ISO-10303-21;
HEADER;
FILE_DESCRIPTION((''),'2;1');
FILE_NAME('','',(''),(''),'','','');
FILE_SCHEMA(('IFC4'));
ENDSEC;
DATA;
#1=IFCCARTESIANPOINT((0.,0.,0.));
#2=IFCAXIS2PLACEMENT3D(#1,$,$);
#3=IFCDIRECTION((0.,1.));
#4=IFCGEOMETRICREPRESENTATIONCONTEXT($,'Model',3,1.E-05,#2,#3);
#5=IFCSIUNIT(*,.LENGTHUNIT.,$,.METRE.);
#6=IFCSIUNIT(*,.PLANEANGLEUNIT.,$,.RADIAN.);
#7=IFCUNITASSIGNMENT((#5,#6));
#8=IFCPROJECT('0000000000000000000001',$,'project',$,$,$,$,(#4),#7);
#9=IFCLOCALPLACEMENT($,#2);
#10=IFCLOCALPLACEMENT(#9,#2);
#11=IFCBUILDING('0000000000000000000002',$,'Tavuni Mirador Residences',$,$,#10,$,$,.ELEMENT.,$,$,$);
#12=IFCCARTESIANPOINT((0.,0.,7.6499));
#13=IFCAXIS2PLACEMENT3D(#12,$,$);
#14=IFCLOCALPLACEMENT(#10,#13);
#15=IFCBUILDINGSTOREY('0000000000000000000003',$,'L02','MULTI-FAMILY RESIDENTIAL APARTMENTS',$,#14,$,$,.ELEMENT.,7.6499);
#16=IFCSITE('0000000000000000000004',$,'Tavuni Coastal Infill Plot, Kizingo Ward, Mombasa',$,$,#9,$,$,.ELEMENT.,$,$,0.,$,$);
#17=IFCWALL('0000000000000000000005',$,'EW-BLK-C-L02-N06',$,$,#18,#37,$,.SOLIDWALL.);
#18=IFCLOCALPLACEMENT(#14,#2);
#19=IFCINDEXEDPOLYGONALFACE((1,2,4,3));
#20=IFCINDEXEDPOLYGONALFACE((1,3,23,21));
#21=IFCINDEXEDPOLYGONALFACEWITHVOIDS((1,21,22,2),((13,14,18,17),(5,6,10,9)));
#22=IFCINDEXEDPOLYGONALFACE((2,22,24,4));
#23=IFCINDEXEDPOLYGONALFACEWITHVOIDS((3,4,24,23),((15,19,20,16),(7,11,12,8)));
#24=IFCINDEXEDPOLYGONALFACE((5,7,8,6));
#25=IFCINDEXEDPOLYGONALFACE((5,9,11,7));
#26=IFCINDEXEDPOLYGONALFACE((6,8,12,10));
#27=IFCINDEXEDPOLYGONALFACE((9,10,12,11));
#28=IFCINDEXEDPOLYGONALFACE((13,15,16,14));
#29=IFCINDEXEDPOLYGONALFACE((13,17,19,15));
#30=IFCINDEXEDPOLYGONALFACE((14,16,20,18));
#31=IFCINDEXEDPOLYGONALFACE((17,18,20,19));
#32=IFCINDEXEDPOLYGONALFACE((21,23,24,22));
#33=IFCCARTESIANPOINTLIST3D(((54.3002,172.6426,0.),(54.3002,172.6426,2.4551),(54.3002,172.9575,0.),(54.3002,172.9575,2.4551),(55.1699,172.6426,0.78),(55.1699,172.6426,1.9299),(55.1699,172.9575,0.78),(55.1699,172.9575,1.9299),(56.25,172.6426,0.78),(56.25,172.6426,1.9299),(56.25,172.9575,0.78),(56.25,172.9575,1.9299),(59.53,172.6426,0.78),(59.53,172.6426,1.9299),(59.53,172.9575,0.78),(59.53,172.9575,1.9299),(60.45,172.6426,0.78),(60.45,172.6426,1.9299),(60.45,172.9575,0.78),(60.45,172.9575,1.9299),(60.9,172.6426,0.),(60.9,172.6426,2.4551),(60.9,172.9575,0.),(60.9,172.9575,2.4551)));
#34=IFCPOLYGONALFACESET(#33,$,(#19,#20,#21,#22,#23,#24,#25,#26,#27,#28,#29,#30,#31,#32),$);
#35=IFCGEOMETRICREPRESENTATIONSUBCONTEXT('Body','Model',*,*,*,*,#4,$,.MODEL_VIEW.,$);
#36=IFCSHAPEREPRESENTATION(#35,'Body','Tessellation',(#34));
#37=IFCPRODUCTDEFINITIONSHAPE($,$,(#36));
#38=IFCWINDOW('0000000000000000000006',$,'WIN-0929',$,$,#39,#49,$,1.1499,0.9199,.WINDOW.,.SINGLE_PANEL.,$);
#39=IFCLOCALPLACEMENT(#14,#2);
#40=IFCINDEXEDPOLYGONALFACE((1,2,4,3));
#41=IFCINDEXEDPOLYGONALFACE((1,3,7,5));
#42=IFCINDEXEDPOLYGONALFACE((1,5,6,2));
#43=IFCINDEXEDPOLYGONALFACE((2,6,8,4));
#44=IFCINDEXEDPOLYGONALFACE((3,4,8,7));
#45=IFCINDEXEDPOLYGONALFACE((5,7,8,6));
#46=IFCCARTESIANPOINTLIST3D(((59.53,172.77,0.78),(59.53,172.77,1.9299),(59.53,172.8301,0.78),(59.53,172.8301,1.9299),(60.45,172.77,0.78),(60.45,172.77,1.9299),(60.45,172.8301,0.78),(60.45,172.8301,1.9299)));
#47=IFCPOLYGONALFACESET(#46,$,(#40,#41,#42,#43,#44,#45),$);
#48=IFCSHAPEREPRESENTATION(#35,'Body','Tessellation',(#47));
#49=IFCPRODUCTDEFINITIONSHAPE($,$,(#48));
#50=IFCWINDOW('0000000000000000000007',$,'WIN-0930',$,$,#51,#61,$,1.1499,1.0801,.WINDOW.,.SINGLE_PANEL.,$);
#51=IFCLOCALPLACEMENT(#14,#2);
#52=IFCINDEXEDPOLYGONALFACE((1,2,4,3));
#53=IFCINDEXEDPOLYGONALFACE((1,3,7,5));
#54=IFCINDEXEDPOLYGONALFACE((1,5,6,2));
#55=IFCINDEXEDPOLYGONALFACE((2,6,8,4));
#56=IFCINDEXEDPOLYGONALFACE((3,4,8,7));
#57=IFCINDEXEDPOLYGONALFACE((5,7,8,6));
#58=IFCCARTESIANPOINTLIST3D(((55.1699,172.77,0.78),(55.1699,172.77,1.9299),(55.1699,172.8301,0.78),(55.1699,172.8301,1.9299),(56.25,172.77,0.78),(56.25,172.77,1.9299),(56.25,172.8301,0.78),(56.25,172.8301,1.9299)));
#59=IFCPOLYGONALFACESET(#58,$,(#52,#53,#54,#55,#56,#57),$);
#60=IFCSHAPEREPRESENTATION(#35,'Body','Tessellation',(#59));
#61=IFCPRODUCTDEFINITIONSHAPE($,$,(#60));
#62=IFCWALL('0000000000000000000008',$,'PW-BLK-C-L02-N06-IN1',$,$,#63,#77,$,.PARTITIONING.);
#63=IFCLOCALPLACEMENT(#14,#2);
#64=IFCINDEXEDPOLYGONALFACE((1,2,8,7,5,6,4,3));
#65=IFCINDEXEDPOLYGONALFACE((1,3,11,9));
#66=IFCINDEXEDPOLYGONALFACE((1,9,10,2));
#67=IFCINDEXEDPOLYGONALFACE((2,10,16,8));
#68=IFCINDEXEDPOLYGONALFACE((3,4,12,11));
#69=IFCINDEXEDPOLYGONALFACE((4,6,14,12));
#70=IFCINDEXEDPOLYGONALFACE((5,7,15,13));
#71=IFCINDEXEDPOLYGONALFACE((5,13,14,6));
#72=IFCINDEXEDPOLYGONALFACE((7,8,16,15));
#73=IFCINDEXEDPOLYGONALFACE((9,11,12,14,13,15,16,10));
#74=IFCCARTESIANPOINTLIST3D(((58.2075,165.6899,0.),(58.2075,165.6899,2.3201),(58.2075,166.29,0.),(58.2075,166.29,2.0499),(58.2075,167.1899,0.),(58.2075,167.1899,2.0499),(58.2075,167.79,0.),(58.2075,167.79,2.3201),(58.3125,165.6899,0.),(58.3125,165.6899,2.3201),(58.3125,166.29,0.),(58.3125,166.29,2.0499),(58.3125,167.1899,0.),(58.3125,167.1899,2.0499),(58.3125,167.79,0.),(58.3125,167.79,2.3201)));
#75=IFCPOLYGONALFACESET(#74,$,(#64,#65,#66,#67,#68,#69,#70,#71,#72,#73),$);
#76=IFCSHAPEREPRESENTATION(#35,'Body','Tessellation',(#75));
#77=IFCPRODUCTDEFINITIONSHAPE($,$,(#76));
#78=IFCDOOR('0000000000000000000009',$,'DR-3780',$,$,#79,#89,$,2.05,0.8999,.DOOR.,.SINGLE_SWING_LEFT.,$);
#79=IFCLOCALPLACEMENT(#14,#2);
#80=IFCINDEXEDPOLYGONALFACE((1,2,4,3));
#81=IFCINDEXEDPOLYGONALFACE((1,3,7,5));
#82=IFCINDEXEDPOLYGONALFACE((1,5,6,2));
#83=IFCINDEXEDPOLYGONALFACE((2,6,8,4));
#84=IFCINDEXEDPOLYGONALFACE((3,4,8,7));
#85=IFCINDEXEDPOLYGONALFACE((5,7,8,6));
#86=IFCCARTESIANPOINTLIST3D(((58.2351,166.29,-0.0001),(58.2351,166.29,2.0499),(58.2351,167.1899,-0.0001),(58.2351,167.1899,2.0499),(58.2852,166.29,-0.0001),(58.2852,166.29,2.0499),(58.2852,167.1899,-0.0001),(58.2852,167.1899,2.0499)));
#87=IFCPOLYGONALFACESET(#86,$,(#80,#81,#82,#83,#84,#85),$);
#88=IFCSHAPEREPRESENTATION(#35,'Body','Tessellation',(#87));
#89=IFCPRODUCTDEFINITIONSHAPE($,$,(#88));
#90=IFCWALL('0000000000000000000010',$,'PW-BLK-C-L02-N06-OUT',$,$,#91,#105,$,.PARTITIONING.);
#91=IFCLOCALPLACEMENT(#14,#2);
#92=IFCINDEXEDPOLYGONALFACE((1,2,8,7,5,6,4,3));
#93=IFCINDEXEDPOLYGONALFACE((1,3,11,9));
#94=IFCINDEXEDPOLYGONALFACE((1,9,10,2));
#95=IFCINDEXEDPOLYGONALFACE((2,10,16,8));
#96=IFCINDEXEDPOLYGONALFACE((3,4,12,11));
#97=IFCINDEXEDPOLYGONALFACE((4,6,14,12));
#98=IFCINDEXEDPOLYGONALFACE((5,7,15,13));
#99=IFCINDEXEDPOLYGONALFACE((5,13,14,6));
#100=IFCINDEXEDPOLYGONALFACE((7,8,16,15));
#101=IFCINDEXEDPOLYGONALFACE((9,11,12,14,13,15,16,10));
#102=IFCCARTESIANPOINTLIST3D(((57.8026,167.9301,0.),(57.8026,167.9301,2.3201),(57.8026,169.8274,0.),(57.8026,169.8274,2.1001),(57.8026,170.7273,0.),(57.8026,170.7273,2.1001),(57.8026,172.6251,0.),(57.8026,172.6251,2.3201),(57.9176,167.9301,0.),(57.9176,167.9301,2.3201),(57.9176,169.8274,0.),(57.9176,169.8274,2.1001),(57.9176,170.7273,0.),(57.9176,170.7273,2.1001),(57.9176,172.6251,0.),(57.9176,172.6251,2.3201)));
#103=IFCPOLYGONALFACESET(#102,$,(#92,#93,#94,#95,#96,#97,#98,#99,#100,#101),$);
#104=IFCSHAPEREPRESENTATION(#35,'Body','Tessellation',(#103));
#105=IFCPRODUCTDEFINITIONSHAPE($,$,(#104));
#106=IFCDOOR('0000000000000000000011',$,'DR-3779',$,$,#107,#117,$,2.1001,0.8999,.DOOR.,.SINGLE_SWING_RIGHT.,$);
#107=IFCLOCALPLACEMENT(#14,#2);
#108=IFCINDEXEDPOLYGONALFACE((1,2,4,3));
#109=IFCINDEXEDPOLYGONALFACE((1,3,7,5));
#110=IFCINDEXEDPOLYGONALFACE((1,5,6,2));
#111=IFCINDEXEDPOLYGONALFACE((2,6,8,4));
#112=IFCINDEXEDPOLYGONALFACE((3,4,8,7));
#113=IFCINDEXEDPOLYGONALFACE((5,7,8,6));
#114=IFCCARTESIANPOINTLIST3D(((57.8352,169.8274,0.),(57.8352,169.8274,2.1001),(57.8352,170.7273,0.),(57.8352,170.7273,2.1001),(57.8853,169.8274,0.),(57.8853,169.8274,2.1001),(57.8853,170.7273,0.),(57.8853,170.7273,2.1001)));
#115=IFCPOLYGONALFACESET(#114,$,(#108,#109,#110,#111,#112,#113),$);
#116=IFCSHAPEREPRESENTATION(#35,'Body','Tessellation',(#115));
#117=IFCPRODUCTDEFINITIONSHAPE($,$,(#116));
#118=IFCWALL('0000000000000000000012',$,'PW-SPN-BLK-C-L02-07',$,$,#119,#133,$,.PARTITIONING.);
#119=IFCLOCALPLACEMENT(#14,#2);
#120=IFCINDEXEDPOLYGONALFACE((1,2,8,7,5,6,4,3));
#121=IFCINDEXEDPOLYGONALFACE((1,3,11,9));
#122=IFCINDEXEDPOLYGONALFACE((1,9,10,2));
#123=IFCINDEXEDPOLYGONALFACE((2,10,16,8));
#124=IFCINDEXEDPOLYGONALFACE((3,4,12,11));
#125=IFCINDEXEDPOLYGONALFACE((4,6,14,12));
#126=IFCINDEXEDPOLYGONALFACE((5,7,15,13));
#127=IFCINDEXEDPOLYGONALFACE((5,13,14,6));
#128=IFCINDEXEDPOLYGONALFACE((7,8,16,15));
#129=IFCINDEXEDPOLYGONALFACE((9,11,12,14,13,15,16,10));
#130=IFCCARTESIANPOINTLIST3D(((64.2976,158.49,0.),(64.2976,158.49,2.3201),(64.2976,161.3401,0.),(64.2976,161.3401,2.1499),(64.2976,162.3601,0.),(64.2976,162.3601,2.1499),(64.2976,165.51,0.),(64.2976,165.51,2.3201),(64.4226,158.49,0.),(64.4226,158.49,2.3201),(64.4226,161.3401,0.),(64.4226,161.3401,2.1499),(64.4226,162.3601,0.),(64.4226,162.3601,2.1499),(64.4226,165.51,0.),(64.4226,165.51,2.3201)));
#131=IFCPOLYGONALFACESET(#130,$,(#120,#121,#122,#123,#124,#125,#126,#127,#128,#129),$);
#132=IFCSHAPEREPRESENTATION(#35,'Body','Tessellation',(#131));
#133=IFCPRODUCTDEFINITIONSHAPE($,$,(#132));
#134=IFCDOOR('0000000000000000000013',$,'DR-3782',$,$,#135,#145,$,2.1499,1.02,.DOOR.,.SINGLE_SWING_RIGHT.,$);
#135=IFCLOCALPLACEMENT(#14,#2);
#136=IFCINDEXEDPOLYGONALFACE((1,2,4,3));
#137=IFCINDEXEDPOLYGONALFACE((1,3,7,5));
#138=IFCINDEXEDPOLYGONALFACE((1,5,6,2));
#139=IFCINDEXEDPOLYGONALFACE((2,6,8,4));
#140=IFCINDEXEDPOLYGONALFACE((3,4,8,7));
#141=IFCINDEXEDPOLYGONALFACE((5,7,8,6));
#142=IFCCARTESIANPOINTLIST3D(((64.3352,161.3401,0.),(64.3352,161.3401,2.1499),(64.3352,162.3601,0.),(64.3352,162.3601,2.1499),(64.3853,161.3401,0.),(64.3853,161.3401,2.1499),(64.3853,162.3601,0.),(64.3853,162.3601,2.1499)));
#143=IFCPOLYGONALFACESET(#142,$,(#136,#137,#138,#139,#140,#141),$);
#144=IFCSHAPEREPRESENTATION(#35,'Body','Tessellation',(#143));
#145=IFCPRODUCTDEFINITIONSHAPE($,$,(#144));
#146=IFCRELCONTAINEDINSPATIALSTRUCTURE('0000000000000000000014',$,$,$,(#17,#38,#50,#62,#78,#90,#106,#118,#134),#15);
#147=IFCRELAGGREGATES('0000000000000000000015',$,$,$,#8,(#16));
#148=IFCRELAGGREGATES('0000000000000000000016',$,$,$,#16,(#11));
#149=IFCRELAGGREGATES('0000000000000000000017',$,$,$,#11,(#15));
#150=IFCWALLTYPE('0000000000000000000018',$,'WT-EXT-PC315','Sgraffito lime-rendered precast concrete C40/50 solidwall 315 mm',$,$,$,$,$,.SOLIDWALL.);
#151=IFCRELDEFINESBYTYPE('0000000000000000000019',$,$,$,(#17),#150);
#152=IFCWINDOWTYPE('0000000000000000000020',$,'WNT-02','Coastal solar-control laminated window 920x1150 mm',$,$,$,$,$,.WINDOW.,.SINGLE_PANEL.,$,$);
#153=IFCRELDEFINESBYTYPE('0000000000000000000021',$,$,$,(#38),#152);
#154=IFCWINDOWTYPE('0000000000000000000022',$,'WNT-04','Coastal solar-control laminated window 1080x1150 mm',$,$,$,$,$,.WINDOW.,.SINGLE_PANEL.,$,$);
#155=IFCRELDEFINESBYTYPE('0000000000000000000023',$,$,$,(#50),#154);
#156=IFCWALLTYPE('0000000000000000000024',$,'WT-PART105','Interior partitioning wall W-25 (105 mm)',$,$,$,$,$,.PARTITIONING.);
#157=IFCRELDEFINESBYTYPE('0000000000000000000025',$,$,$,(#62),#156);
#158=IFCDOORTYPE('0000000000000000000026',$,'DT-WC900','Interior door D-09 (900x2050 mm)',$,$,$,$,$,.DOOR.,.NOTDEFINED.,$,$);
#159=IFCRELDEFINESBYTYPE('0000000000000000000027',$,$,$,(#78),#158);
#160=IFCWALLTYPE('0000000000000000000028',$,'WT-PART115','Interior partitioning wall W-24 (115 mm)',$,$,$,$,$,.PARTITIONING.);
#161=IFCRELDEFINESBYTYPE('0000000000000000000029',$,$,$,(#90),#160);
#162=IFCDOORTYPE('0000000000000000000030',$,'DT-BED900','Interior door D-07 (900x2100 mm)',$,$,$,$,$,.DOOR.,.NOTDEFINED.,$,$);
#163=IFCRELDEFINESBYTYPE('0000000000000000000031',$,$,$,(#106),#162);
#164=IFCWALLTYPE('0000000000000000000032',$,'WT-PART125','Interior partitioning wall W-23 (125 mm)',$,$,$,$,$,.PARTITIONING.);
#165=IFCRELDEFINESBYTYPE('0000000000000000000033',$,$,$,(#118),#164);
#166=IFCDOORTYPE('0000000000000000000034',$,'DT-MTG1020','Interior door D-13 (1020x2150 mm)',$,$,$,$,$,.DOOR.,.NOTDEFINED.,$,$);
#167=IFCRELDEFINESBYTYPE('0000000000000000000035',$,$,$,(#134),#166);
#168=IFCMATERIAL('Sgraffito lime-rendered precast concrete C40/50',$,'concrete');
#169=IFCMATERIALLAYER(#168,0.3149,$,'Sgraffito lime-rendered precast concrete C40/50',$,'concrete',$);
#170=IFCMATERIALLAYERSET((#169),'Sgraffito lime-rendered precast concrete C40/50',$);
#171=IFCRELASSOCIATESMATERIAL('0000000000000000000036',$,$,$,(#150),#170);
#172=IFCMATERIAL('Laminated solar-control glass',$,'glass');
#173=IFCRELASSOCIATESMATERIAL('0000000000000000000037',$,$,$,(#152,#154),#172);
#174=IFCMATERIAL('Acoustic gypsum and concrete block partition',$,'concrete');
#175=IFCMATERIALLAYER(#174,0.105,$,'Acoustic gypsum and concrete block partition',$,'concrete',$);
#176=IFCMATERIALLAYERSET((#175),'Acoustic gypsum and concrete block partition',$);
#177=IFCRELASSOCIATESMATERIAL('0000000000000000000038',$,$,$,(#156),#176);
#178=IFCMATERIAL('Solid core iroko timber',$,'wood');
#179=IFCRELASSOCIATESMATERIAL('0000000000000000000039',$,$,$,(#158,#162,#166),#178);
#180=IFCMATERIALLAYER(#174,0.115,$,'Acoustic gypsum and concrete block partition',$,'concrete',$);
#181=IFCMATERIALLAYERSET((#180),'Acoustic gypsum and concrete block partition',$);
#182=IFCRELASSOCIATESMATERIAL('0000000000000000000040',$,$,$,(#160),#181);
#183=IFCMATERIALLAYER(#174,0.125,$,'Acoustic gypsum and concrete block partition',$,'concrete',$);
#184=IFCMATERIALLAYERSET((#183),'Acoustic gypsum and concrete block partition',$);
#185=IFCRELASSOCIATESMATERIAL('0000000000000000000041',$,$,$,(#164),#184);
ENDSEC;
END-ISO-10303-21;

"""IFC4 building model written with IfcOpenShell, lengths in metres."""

from ifc_helpers import new_model, si_unit, direction, frame, frame_2d, origin, place, context, subcontext, project, spatial, rectangle, extrude, material, layer, layer_set, type_object, element, fill, save


model = new_model("IFC4")

# Units and contexts
model_context = context("Model", 3, precision=1e-05, world=origin(), true_north=direction((0.0, 1.0)))
body_context = subcontext(model_context, "Body", "Model", "MODEL_VIEW")
ifc_project = project(units=[si_unit("LENGTHUNIT", "METRE"), si_unit("PLANEANGLEUNIT", "RADIAN")], contexts=[model_context])

# Site, building, storey
site_placement = place(None, origin())
site = spatial("IfcSite", under=ifc_project, at=site_placement, Name="Tavuni Coastal Infill Plot, Kizingo Ward, Mombasa", CompositionType="ELEMENT", RefElevation=0.0)
building_placement = place(site_placement, origin())
building = spatial("IfcBuilding", under=site, at=building_placement, Name="Tavuni Mirador Residences", CompositionType="ELEMENT")
storey_placement = place(building_placement, frame((0.0, 0.0, 7.6499)))
storey = spatial("IfcBuildingStorey", under=building, at=storey_placement, Name="L02", Description="MULTI-FAMILY RESIDENTIAL APARTMENTS", CompositionType="ELEMENT", Elevation=7.6499)

# Shared definitions
ifc_material_1 = material(Name="Solid core iroko timber", Category="wood")

# Wall, openings, windows
ifc_material_2 = material(Name="Sgraffito lime-rendered precast concrete C40/50", Category="concrete")
ifc_layer_1 = layer(ifc_material_2, 0.3149, Name="Sgraffito lime-rendered precast concrete C40/50", Category="concrete")
ifc_layer_set_1 = layer_set([ifc_layer_1], Name="Sgraffito lime-rendered precast concrete C40/50")
wall_type_1 = type_object("IfcWallType", Name="WT-EXT-PC315", Description="Sgraffito lime-rendered precast concrete C40/50 solidwall 315 mm", PredefinedType="SOLIDWALL", material=ifc_layer_set_1)
wall_1_placement = place(storey_placement, frame((60.8999, 172.8, 0.0), z_axis=(0.0, 0.0, 1.0), x_axis=(-1.0, 0.0, 0.0)))
wall_1 = element("IfcWall", 1, at=wall_1_placement, inside=storey, type_object=wall_type_1, Name="EW-BLK-C-L02-N06", PredefinedType="SOLIDWALL", context=body_context, shape_type="SweptSolid", body=[
    extrude(rectangle(XDim=6.5999, YDim=0.3149, at=frame_2d((3.2998, 0.0))), origin(), (0.0, 0.0, 1.0), 2.4551),
])
opening_1_placement = place(wall_1_placement, frame((0.45, 0.0, 0.78)))
opening_1 = element("IfcOpeningElement", 2, at=opening_1_placement, cuts=wall_1, PredefinedType="OPENING", context=body_context, shape_type="SweptSolid", body=[
    extrude(rectangle(XDim=0.9199, YDim=1.1499, at=frame_2d((0.46, 0.575))), frame((0.0, 0.1675, 0.0), z_axis=(0.0, -1.0, 0.0), x_axis=(1.0, 0.0, 0.0)), (0.0, 0.0, 1.0), 0.335),
])
opening_2_placement = place(wall_1_placement, frame((4.6499, 0.0, 0.78)))
opening_2 = element("IfcOpeningElement", 3, at=opening_2_placement, cuts=wall_1, PredefinedType="OPENING", context=body_context, shape_type="SweptSolid", body=[
    extrude(rectangle(XDim=1.0801, YDim=1.1499, at=frame_2d((0.54, 0.575))), frame((0.0, 0.1675, 0.0), z_axis=(0.0, -1.0, 0.0), x_axis=(1.0, 0.0, 0.0)), (0.0, 0.0, 1.0), 0.335),
])
ifc_material_3 = material(Name="Laminated solar-control glass", Category="glass")
window_type_1 = type_object("IfcWindowType", Name="WNT-02", Description="Coastal solar-control laminated window 920x1150 mm", PartitioningType="SINGLE_PANEL", PredefinedType="WINDOW", material=ifc_material_3)
window_1_placement = place(opening_1_placement, origin())
window_1 = element("IfcWindow", 4, at=window_1_placement, inside=storey, type_object=window_type_1, Name="WIN-0929", OverallHeight=1.1499, OverallWidth=0.9199, PartitioningType="SINGLE_PANEL", PredefinedType="WINDOW", context=body_context, shape_type="SweptSolid", body=[
    extrude(rectangle(XDim=0.9199, YDim=1.1499, at=frame_2d((0.46, 0.575))), frame((0.0, 0.03, 0.0), z_axis=(0.0, -1.0, 0.0), x_axis=(1.0, 0.0, 0.0)), (0.0, 0.0, 1.0), 0.0601),
])
fill(opening_1, window_1)
window_type_2 = type_object("IfcWindowType", Name="WNT-04", Description="Coastal solar-control laminated window 1080x1150 mm", PartitioningType="SINGLE_PANEL", PredefinedType="WINDOW", material=ifc_material_3)
window_2_placement = place(opening_2_placement, origin())
window_2 = element("IfcWindow", 5, at=window_2_placement, inside=storey, type_object=window_type_2, Name="WIN-0930", OverallHeight=1.1499, OverallWidth=1.0801, PartitioningType="SINGLE_PANEL", PredefinedType="WINDOW", context=body_context, shape_type="SweptSolid", body=[
    extrude(rectangle(XDim=1.0801, YDim=1.1499, at=frame_2d((0.54, 0.575))), frame((0.0, 0.03, 0.0), z_axis=(0.0, -1.0, 0.0), x_axis=(1.0, 0.0, 0.0)), (0.0, 0.0, 1.0), 0.0601),
])
fill(opening_2, window_2)

# Walls, openings, doors
ifc_material_4 = material(Name="Acoustic gypsum and concrete block partition", Category="concrete")
ifc_layer_2 = layer(ifc_material_4, 0.105, Name="Acoustic gypsum and concrete block partition", Category="concrete")
ifc_layer_set_2 = layer_set([ifc_layer_2], Name="Acoustic gypsum and concrete block partition")
wall_type_2 = type_object("IfcWallType", Name="WT-PART105", Description="Interior partitioning wall W-25 (105 mm)", PredefinedType="PARTITIONING", material=ifc_layer_set_2)
wall_2_placement = place(storey_placement, frame((58.26, 165.6899, 0.0), z_axis=(0.0, 0.0, 1.0), x_axis=(0.0, 1.0, 0.0)))
wall_2 = element("IfcWall", 6, at=wall_2_placement, inside=storey, type_object=wall_type_2, Name="PW-BLK-C-L02-N06-IN1", PredefinedType="PARTITIONING", context=body_context, shape_type="SweptSolid", body=[
    extrude(rectangle(XDim=2.1001, YDim=0.105, at=frame_2d((1.05, 0.0))), origin(), (0.0, 0.0, 1.0), 2.3201),
])
opening_3_placement = place(wall_2_placement, frame((0.6001, 0.0, 0.0)))
opening_3 = element("IfcOpeningElement", 7, at=opening_3_placement, cuts=wall_2, PredefinedType="OPENING", context=body_context, shape_type="SweptSolid", body=[
    extrude(rectangle(XDim=0.8999, YDim=2.05, at=frame_2d((0.45, 1.0249))), frame((0.0, 0.0625, 0.0), z_axis=(0.0, -1.0, 0.0), x_axis=(1.0, 0.0, 0.0)), (0.0, 0.0, 1.0), 0.125),
])
door_type_1 = type_object("IfcDoorType", Name="DT-WC900", Description="Interior door D-09 (900x2050 mm)", OperationType="NOTDEFINED", PredefinedType="DOOR", material=ifc_material_1)
door_1_placement = place(opening_3_placement, origin())
door_1 = element("IfcDoor", 8, at=door_1_placement, inside=storey, type_object=door_type_1, Name="DR-3780", OperationType="SINGLE_SWING_LEFT", OverallHeight=2.05, OverallWidth=0.8999, PredefinedType="DOOR", context=body_context, shape_type="SweptSolid", body=[
    extrude(rectangle(XDim=0.8999, YDim=2.05, at=frame_2d((0.45, 1.0249))), frame((0.0, 0.0249, 0.0), z_axis=(0.0, -1.0, 0.0), x_axis=(1.0, 0.0, 0.0)), (0.0, 0.0, 1.0), 0.05),
])
fill(opening_3, door_1)
ifc_layer_3 = layer(ifc_material_4, 0.115, Name="Acoustic gypsum and concrete block partition", Category="concrete")
ifc_layer_set_3 = layer_set([ifc_layer_3], Name="Acoustic gypsum and concrete block partition")
wall_type_3 = type_object("IfcWallType", Name="WT-PART115", Description="Interior partitioning wall W-24 (115 mm)", PredefinedType="PARTITIONING", material=ifc_layer_set_3)
wall_3_placement = place(storey_placement, frame((57.8601, 167.9299, 0.0), z_axis=(0.0, 0.0, 1.0), x_axis=(0.0, 1.0, 0.0)))
wall_3 = element("IfcWall", 9, at=wall_3_placement, inside=storey, type_object=wall_type_3, Name="PW-BLK-C-L02-N06-OUT", PredefinedType="PARTITIONING", context=body_context, shape_type="SweptSolid", body=[
    extrude(rectangle(XDim=4.6951, YDim=0.115, at=frame_2d((2.3477, 0.0))), origin(), (0.0, 0.0, 1.0), 2.3201),
])
opening_4_placement = place(wall_3_placement, frame((1.8975, 0.0, 0.0)))
opening_4 = element("IfcOpeningElement", 10, at=opening_4_placement, cuts=wall_3, PredefinedType="OPENING", context=body_context, shape_type="SweptSolid", body=[
    extrude(rectangle(XDim=0.8999, YDim=2.1001, at=frame_2d((0.45, 1.05))), frame((0.0, 0.0674, 0.0), z_axis=(0.0, -1.0, 0.0), x_axis=(1.0, 0.0, 0.0)), (0.0, 0.0, 1.0), 0.135),
])
door_type_2 = type_object("IfcDoorType", Name="DT-BED900", Description="Interior door D-07 (900x2100 mm)", OperationType="NOTDEFINED", PredefinedType="DOOR", material=ifc_material_1)
door_2_placement = place(opening_4_placement, origin())
door_2 = element("IfcDoor", 11, at=door_2_placement, inside=storey, type_object=door_type_2, Name="DR-3779", OperationType="SINGLE_SWING_RIGHT", OverallHeight=2.1001, OverallWidth=0.8999, PredefinedType="DOOR", context=body_context, shape_type="SweptSolid", body=[
    extrude(rectangle(XDim=0.8999, YDim=2.1001, at=frame_2d((0.45, 1.05))), frame((0.0, 0.0249, 0.0), z_axis=(0.0, -1.0, 0.0), x_axis=(1.0, 0.0, 0.0)), (0.0, 0.0, 1.0), 0.05),
])
fill(opening_4, door_2)
ifc_layer_4 = layer(ifc_material_4, 0.125, Name="Acoustic gypsum and concrete block partition", Category="concrete")
ifc_layer_set_4 = layer_set([ifc_layer_4], Name="Acoustic gypsum and concrete block partition")
wall_type_4 = type_object("IfcWallType", Name="WT-PART125", Description="Interior partitioning wall W-23 (125 mm)", PredefinedType="PARTITIONING", material=ifc_layer_set_4)
wall_4_placement = place(storey_placement, frame((64.3601, 158.49, 0.0), z_axis=(0.0, 0.0, 1.0), x_axis=(0.0, 1.0, 0.0)))
wall_4 = element("IfcWall", 12, at=wall_4_placement, inside=storey, type_object=wall_type_4, Name="PW-SPN-BLK-C-L02-07", PredefinedType="PARTITIONING", context=body_context, shape_type="SweptSolid", body=[
    extrude(rectangle(XDim=7.02, YDim=0.125, at=frame_2d((3.51, 0.0))), origin(), (0.0, 0.0, 1.0), 2.3201),
])
opening_5_placement = place(wall_4_placement, frame((2.8501, 0.0, 0.0)))
opening_5 = element("IfcOpeningElement", 13, at=opening_5_placement, cuts=wall_4, PredefinedType="OPENING", context=body_context, shape_type="SweptSolid", body=[
    extrude(rectangle(XDim=1.02, YDim=2.1499, at=frame_2d((0.51, 1.075))), frame((0.0, 0.0725, 0.0), z_axis=(0.0, -1.0, 0.0), x_axis=(1.0, 0.0, 0.0)), (0.0, 0.0, 1.0), 0.145),
])
door_type_3 = type_object("IfcDoorType", Name="DT-MTG1020", Description="Interior door D-13 (1020x2150 mm)", OperationType="NOTDEFINED", PredefinedType="DOOR", material=ifc_material_1)
door_3_placement = place(opening_5_placement, origin())
door_3 = element("IfcDoor", 14, at=door_3_placement, inside=storey, type_object=door_type_3, Name="DR-3782", OperationType="SINGLE_SWING_RIGHT", OverallHeight=2.1499, OverallWidth=1.02, PredefinedType="DOOR", context=body_context, shape_type="SweptSolid", body=[
    extrude(rectangle(XDim=1.02, YDim=2.1499, at=frame_2d((0.51, 1.075))), frame((0.0, 0.0249, 0.0), z_axis=(0.0, -1.0, 0.0), x_axis=(1.0, 0.0, 0.0)), (0.0, 0.0, 1.0), 0.05),
])
fill(opening_5, door_3)

save(model, "model.ifc")
